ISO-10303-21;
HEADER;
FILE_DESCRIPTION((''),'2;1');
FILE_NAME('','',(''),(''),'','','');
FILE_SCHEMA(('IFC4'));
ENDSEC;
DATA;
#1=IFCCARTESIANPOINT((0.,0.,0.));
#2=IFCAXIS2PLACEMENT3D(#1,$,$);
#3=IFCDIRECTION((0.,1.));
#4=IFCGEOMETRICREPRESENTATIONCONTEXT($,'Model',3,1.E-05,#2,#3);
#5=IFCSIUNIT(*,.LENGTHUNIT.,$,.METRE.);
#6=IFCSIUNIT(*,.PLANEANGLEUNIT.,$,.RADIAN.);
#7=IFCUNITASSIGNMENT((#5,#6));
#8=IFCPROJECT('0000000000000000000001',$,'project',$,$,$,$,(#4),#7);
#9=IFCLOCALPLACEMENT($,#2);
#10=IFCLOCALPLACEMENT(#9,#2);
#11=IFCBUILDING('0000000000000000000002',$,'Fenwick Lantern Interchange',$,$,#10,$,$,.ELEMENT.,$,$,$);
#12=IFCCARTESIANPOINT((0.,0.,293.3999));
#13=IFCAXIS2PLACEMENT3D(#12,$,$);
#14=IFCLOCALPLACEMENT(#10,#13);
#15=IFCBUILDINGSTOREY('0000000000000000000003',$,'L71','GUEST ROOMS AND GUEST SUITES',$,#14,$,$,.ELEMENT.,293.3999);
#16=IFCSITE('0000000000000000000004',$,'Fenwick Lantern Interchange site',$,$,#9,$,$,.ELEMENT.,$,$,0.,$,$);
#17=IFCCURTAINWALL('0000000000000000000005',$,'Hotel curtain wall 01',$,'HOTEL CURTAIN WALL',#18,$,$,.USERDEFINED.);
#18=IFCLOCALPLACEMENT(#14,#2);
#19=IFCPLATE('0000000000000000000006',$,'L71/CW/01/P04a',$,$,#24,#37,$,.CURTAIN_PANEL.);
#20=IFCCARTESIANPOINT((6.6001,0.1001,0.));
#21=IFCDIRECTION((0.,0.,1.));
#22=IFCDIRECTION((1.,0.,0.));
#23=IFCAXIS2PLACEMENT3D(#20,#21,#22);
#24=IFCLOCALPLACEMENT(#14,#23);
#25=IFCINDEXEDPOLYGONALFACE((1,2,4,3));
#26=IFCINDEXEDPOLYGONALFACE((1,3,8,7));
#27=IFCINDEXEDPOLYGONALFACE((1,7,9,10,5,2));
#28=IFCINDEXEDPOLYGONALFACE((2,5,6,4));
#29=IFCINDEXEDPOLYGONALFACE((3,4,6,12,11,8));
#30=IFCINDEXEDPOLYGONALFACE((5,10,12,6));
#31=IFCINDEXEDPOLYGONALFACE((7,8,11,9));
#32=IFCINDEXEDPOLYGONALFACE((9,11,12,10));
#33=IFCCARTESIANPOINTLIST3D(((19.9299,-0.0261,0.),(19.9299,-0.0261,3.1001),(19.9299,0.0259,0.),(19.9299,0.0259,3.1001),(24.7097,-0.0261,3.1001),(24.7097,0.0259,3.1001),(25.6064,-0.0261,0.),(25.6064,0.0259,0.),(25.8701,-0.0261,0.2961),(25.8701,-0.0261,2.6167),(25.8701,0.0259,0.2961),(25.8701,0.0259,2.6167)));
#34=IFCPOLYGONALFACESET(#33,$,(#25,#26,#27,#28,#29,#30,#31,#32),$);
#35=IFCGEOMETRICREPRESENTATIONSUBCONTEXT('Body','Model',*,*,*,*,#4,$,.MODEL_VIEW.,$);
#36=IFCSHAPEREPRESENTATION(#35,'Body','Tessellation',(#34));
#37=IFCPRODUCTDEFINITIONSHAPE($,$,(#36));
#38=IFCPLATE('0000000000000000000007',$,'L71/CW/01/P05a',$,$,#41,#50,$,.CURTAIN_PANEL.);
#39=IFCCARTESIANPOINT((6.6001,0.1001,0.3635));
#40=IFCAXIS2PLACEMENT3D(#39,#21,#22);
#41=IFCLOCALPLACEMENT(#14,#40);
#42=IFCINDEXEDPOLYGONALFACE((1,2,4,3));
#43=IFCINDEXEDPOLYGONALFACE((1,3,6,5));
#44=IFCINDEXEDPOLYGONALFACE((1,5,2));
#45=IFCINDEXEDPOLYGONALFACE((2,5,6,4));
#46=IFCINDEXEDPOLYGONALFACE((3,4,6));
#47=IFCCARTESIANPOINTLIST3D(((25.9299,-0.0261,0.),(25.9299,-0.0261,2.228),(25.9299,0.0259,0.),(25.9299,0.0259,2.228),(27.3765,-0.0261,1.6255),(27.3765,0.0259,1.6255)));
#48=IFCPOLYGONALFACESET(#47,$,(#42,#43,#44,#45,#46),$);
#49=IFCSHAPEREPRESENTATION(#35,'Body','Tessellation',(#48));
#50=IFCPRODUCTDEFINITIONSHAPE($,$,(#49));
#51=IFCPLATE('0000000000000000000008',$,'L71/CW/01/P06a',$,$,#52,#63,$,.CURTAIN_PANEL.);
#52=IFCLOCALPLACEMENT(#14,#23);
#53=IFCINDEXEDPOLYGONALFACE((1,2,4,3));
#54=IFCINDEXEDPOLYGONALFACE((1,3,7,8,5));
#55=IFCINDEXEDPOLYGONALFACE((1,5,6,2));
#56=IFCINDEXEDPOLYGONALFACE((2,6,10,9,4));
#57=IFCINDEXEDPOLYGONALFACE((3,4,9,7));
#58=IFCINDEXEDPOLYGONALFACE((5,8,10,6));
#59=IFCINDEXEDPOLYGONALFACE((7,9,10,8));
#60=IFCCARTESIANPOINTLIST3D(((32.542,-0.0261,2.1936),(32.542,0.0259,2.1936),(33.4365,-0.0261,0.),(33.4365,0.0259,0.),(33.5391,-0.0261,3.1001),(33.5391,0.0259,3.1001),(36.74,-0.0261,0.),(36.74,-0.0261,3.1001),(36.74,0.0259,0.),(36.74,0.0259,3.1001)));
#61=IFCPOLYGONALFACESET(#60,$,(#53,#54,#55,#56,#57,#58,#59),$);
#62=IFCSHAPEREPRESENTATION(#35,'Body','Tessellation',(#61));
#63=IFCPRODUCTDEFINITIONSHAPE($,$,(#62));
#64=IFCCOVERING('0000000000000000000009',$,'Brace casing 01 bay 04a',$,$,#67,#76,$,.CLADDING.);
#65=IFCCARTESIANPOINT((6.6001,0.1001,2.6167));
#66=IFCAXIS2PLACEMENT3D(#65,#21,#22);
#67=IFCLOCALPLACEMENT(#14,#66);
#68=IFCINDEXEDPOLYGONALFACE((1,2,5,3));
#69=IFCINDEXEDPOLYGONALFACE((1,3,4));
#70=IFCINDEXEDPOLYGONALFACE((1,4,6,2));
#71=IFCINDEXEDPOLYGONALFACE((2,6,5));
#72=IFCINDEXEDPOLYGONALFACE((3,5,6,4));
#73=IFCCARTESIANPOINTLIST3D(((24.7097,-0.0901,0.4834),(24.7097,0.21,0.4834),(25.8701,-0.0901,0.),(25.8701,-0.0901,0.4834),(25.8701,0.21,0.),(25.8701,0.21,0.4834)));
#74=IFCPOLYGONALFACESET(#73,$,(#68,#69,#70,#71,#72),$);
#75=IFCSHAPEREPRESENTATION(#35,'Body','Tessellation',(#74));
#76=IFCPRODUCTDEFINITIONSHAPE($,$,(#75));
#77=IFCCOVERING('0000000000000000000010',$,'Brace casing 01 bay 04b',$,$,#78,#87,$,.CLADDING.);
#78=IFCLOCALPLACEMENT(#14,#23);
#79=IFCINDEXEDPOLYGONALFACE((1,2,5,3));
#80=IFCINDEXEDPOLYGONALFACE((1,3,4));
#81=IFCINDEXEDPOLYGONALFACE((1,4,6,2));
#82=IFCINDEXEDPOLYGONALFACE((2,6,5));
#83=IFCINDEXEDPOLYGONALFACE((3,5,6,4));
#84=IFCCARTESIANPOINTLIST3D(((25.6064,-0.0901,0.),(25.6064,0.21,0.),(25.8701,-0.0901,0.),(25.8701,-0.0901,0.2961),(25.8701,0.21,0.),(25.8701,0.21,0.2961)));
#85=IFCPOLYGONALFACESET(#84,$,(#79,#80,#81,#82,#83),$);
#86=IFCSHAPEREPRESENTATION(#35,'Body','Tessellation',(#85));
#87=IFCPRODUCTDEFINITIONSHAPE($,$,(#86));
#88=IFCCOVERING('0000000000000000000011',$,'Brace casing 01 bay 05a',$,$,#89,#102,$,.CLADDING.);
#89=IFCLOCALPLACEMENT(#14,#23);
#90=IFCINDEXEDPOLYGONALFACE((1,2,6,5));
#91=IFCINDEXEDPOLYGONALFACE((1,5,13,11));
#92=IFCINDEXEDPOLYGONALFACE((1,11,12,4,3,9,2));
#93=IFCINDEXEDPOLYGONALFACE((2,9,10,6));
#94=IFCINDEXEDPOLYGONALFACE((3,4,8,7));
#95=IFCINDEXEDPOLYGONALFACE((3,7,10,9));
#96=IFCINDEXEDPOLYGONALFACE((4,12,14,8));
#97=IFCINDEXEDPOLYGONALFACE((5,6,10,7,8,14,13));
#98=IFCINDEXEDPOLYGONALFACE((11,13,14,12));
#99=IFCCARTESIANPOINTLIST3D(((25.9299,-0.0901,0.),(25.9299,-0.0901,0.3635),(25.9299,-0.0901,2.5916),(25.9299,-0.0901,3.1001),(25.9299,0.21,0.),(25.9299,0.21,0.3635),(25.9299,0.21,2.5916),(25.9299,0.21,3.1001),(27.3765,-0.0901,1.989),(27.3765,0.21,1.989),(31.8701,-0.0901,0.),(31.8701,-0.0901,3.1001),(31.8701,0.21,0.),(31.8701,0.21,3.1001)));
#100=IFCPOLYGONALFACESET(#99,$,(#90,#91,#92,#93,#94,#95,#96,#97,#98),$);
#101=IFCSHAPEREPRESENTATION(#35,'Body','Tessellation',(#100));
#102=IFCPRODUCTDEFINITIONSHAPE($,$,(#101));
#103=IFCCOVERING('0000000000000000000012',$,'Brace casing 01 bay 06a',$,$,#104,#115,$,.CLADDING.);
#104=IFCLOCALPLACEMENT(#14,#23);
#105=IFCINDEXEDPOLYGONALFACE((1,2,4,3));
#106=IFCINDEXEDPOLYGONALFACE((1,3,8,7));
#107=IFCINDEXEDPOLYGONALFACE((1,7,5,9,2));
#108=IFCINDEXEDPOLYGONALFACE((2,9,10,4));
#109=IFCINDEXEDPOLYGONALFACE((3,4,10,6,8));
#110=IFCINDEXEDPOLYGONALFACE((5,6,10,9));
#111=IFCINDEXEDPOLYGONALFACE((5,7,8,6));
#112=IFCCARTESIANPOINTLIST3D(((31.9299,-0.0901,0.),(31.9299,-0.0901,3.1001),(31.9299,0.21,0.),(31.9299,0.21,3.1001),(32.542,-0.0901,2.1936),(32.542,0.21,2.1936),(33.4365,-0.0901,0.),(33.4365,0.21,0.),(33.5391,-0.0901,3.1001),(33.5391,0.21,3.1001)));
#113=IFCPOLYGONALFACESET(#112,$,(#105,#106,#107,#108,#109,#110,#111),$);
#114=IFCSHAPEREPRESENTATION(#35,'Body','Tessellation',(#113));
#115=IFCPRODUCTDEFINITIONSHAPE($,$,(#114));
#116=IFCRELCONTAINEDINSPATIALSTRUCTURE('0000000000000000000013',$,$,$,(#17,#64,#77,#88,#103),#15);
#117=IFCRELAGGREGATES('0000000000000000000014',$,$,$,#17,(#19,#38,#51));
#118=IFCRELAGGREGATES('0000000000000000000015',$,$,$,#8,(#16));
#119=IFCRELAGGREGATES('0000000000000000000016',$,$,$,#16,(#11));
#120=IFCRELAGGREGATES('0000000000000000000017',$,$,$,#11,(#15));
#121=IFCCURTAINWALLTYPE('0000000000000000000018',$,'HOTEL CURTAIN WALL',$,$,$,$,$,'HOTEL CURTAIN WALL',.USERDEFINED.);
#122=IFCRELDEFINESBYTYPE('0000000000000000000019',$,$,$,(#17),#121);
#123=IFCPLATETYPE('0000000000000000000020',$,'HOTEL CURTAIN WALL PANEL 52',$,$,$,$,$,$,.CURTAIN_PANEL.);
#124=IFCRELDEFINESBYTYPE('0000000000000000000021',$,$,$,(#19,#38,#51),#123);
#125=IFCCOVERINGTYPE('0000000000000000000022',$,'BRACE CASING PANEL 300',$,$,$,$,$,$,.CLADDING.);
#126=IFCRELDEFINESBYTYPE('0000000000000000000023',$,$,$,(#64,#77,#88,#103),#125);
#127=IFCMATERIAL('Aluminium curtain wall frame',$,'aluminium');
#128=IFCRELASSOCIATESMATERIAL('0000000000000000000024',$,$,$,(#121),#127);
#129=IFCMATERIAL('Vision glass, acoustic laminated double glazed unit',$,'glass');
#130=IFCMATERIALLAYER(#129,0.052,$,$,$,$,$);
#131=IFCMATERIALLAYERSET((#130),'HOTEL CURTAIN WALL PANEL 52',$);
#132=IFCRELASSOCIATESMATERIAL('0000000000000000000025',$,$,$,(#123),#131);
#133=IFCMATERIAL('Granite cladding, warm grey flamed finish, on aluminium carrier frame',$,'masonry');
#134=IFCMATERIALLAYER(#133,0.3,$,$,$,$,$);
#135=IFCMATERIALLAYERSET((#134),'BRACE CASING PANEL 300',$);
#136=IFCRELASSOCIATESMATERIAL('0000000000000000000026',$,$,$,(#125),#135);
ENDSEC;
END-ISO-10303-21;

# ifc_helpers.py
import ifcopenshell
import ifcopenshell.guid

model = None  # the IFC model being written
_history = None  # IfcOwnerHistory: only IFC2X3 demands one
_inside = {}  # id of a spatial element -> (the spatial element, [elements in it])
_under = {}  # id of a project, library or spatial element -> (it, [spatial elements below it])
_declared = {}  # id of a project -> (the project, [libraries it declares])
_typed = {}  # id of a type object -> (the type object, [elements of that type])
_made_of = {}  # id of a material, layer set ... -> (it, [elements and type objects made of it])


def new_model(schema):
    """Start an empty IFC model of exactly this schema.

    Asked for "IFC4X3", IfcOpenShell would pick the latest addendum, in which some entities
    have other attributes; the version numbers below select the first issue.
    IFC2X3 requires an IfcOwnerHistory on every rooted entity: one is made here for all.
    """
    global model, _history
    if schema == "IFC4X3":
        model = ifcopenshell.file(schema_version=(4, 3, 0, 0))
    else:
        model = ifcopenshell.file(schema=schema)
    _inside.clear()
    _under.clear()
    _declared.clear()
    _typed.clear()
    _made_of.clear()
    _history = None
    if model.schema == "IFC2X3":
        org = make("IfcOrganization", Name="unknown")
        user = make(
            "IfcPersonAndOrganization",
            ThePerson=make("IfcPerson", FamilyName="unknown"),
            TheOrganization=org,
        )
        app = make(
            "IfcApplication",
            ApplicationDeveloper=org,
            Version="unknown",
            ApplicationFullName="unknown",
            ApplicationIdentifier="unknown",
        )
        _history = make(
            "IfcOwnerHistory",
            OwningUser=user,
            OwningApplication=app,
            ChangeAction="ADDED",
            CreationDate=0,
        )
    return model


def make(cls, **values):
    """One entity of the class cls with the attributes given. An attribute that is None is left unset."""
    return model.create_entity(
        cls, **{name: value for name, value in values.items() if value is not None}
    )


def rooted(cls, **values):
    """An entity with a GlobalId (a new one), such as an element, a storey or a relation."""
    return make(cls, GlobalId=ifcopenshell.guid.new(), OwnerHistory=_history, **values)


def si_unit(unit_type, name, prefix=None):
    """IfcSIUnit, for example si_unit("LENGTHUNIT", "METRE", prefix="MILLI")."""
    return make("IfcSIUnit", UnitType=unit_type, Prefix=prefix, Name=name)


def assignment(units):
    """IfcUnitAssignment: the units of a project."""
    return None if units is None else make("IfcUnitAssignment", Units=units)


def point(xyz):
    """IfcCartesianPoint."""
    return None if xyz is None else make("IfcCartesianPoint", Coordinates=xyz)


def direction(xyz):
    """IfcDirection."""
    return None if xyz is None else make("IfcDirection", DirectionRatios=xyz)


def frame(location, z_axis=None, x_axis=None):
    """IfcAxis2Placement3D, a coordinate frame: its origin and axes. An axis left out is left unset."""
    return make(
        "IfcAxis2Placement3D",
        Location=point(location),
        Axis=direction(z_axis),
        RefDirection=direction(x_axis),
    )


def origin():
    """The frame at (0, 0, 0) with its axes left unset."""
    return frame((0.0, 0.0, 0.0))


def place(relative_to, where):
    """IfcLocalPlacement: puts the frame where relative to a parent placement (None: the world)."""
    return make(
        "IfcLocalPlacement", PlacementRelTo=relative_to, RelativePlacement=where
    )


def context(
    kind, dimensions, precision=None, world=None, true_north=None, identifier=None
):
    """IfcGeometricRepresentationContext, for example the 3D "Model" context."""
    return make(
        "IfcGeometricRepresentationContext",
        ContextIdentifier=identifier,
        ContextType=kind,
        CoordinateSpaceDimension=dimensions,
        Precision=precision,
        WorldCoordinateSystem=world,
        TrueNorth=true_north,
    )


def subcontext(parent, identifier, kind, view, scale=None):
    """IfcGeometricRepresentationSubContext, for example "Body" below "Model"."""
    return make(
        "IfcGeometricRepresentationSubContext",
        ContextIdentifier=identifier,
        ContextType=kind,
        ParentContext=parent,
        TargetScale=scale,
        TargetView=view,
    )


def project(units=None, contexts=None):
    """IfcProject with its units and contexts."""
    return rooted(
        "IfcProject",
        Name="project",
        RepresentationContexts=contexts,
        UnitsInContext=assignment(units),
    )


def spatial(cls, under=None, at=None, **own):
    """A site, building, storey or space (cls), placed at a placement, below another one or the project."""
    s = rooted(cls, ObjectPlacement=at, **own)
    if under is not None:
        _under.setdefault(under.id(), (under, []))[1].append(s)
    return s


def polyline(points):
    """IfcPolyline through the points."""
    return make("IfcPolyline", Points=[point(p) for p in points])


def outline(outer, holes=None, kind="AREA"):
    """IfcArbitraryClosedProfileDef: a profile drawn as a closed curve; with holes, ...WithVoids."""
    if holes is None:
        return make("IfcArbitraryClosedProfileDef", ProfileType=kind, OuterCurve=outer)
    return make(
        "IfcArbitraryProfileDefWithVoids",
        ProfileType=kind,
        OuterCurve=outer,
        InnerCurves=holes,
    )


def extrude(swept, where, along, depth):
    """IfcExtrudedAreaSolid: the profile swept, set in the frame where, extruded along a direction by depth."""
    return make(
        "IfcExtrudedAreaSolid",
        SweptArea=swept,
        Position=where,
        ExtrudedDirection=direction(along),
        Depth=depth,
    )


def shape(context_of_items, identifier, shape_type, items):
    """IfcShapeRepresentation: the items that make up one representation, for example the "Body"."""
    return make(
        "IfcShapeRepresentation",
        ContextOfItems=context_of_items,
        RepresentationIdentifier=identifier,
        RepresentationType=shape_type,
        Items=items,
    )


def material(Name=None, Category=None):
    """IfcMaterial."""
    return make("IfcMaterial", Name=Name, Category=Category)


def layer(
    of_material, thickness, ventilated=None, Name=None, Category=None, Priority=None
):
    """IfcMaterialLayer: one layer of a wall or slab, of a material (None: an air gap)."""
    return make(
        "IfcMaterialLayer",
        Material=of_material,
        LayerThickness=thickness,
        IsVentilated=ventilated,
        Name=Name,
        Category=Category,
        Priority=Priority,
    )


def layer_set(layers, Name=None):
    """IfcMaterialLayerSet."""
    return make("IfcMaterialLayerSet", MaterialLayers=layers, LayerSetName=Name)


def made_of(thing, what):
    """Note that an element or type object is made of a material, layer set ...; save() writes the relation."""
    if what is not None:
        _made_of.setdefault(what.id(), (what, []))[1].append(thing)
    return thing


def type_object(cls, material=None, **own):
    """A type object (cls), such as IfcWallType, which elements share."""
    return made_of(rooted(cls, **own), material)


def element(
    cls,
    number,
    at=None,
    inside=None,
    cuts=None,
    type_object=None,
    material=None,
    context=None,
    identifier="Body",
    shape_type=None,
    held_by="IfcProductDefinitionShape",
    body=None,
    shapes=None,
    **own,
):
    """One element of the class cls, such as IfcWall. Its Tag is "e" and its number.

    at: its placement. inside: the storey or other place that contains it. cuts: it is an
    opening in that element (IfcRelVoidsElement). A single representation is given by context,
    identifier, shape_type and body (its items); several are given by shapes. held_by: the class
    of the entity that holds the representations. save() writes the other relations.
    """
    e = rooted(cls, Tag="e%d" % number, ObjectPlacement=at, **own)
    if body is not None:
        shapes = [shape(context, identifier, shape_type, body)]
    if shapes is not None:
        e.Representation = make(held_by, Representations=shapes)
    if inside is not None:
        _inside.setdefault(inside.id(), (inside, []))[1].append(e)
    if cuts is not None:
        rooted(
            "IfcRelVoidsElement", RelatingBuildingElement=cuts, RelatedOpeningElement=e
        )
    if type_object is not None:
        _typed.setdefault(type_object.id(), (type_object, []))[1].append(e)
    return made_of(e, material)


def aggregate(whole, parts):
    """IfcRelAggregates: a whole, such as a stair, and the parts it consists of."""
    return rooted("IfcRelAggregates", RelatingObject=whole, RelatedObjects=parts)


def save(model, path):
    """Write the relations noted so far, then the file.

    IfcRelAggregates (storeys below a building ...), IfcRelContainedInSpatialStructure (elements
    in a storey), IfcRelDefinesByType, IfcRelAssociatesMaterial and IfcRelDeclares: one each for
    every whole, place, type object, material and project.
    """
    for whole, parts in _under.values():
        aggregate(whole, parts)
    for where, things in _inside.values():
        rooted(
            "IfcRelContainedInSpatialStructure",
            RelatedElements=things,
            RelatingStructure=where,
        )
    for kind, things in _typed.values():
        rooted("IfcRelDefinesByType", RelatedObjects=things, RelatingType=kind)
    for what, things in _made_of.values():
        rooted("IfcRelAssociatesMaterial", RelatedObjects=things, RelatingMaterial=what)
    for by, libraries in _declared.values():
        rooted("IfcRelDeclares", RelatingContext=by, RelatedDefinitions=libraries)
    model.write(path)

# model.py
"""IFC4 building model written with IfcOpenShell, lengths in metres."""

from ifc_helpers import new_model, si_unit, direction, frame, origin, place, context, subcontext, project, spatial, polyline, outline, extrude, material, layer, layer_set, type_object, element, aggregate, save


model = new_model("IFC4")

# Units and contexts
model_context = context("Model", 3, precision=1e-05, world=origin(), true_north=direction((0.0, 1.0)))
body_context = subcontext(model_context, "Body", "Model", "MODEL_VIEW")
ifc_project = project(units=[si_unit("LENGTHUNIT", "METRE"), si_unit("PLANEANGLEUNIT", "RADIAN")], contexts=[model_context])

# Site, building, storey
site_placement = place(None, origin())
site = spatial("IfcSite", under=ifc_project, at=site_placement, Name="Fenwick Lantern Interchange site", CompositionType="ELEMENT", RefElevation=0.0)
building_placement = place(site_placement, origin())
building = spatial("IfcBuilding", under=site, at=building_placement, Name="Fenwick Lantern Interchange", CompositionType="ELEMENT")
storey_placement = place(building_placement, frame((0.0, 0.0, 293.3999)))
storey = spatial("IfcBuildingStorey", under=building, at=storey_placement, Name="L71", Description="GUEST ROOMS AND GUEST SUITES", CompositionType="ELEMENT", Elevation=293.3999)

# Curtain wall
ifc_material_1 = material(Name="Aluminium curtain wall frame", Category="aluminium")
curtain_wall_type = type_object("IfcCurtainWallType", Name="HOTEL CURTAIN WALL", ElementType="HOTEL CURTAIN WALL", PredefinedType="USERDEFINED", material=ifc_material_1)
curtain_wall_1_placement = place(storey_placement, origin())
curtain_wall_1 = element("IfcCurtainWall", 1, at=curtain_wall_1_placement, inside=storey, type_object=curtain_wall_type, Name="Hotel curtain wall 01", ObjectType="HOTEL CURTAIN WALL", PredefinedType="USERDEFINED")

# Plates
ifc_material_2 = material(Name="Vision glass, acoustic laminated double glazed unit", Category="glass")
ifc_layer_1 = layer(ifc_material_2, 0.052)
ifc_layer_set_1 = layer_set([ifc_layer_1], Name="HOTEL CURTAIN WALL PANEL 52")
plate_type = type_object("IfcPlateType", Name="HOTEL CURTAIN WALL PANEL 52", PredefinedType="CURTAIN_PANEL", material=ifc_layer_set_1)
plate_1_placement = place(storey_placement, frame((6.6001, 0.1001, 0.0), z_axis=(0.0, 0.0, 1.0), x_axis=(1.0, 0.0, 0.0)))
plate_1 = element("IfcPlate", 2, at=plate_1_placement, type_object=plate_type, Name="L71/CW/01/P04a", PredefinedType="CURTAIN_PANEL", context=body_context, shape_type="SweptSolid", body=[
    extrude(outline(polyline([(19.9299, 0.0), (25.6064, 0.0), (25.8701, 0.2961), (25.8701, 2.6167), (24.7097, 3.1001), (19.9299, 3.1001), (19.9299, 0.0)])), frame((0.0, 0.0259, 0.0), z_axis=(0.0, -1.0, 0.0), x_axis=(1.0, 0.0, 0.0)), (0.0, 0.0, 1.0), 0.052),
])
plate_2_placement = place(storey_placement, frame((6.6001, 0.1001, 0.3635), z_axis=(0.0, 0.0, 1.0), x_axis=(1.0, 0.0, 0.0)))
plate_2 = element("IfcPlate", 3, at=plate_2_placement, type_object=plate_type, Name="L71/CW/01/P05a", PredefinedType="CURTAIN_PANEL", context=body_context, shape_type="SweptSolid", body=[
    extrude(outline(polyline([(25.9299, 0.0), (27.3765, 1.6255), (25.9299, 2.228), (25.9299, 0.0)])), frame((0.0, 0.0259, 0.0), z_axis=(0.0, -1.0, 0.0), x_axis=(1.0, 0.0, 0.0)), (0.0, 0.0, 1.0), 0.052),
])
plate_3_placement = place(storey_placement, frame((6.6001, 0.1001, 0.0), z_axis=(0.0, 0.0, 1.0), x_axis=(1.0, 0.0, 0.0)))
plate_3 = element("IfcPlate", 4, at=plate_3_placement, type_object=plate_type, Name="L71/CW/01/P06a", PredefinedType="CURTAIN_PANEL", context=body_context, shape_type="SweptSolid", body=[
    extrude(outline(polyline([(33.4365, 0.0), (36.74, 0.0), (36.74, 3.1001), (33.5391, 3.1001), (32.542, 2.1936), (33.4365, 0.0)])), frame((0.0, 0.0259, 0.0), z_axis=(0.0, -1.0, 0.0), x_axis=(1.0, 0.0, 0.0)), (0.0, 0.0, 1.0), 0.052),
])
aggregate(curtain_wall_1, [plate_1, plate_2, plate_3])

# Coverings
ifc_material_3 = material(Name="Granite cladding, warm grey flamed finish, on aluminium carrier frame", Category="masonry")
ifc_layer_2 = layer(ifc_material_3, 0.3)
ifc_layer_set_2 = layer_set([ifc_layer_2], Name="BRACE CASING PANEL 300")
covering_type = type_object("IfcCoveringType", Name="BRACE CASING PANEL 300", PredefinedType="CLADDING", material=ifc_layer_set_2)
covering_1_placement = place(storey_placement, frame((6.6001, 0.1001, 2.6167), z_axis=(0.0, 0.0, 1.0), x_axis=(1.0, 0.0, 0.0)))
element("IfcCovering", 5, at=covering_1_placement, inside=storey, type_object=covering_type, Name="Brace casing 01 bay 04a", PredefinedType="CLADDING", context=body_context, shape_type="SweptSolid", body=[
    extrude(outline(polyline([(25.8701, 0.0), (25.8701, 0.4834), (24.7097, 0.4834), (25.8701, 0.0)])), frame((0.0, 0.21, 0.0), z_axis=(0.0, -1.0, 0.0), x_axis=(1.0, 0.0, 0.0)), (0.0, 0.0, 1.0), 0.3),
])
covering_2_placement = place(storey_placement, frame((6.6001, 0.1001, 0.0), z_axis=(0.0, 0.0, 1.0), x_axis=(1.0, 0.0, 0.0)))
element("IfcCovering", 6, at=covering_2_placement, inside=storey, type_object=covering_type, Name="Brace casing 01 bay 04b", PredefinedType="CLADDING", context=body_context, shape_type="SweptSolid", body=[
    extrude(outline(polyline([(25.6064, 0.0), (25.8701, 0.0), (25.8701, 0.2961), (25.6064, 0.0)])), frame((0.0, 0.21, 0.0), z_axis=(0.0, -1.0, 0.0), x_axis=(1.0, 0.0, 0.0)), (0.0, 0.0, 1.0), 0.3),
])
covering_3_placement = place(storey_placement, frame((6.6001, 0.1001, 0.0), z_axis=(0.0, 0.0, 1.0), x_axis=(1.0, 0.0, 0.0)))
element("IfcCovering", 7, at=covering_3_placement, inside=storey, type_object=covering_type, Name="Brace casing 01 bay 05a", PredefinedType="CLADDING", context=body_context, shape_type="SweptSolid", body=[
    extrude(outline(polyline([(25.9299, 0.0), (31.8701, 0.0), (31.8701, 3.1001), (25.9299, 3.1001), (25.9299, 2.5916), (27.3765, 1.989), (25.9299, 0.3635), (25.9299, 0.0)])), frame((0.0, 0.21, 0.0), z_axis=(0.0, -1.0, 0.0), x_axis=(1.0, 0.0, 0.0)), (0.0, 0.0, 1.0), 0.3),
])
covering_4_placement = place(storey_placement, frame((6.6001, 0.1001, 0.0), z_axis=(0.0, 0.0, 1.0), x_axis=(1.0, 0.0, 0.0)))
element("IfcCovering", 8, at=covering_4_placement, inside=storey, type_object=covering_type, Name="Brace casing 01 bay 06a", PredefinedType="CLADDING", context=body_context, shape_type="SweptSolid", body=[
    extrude(outline(polyline([(31.9299, 0.0), (33.4365, 0.0), (32.542, 2.1936), (33.5391, 3.1001), (31.9299, 3.1001), (31.9299, 0.0)])), frame((0.0, 0.21, 0.0), z_axis=(0.0, -1.0, 0.0), x_axis=(1.0, 0.0, 0.0)), (0.0, 0.0, 1.0), 0.3),
])

save(model, "model.ifc")
